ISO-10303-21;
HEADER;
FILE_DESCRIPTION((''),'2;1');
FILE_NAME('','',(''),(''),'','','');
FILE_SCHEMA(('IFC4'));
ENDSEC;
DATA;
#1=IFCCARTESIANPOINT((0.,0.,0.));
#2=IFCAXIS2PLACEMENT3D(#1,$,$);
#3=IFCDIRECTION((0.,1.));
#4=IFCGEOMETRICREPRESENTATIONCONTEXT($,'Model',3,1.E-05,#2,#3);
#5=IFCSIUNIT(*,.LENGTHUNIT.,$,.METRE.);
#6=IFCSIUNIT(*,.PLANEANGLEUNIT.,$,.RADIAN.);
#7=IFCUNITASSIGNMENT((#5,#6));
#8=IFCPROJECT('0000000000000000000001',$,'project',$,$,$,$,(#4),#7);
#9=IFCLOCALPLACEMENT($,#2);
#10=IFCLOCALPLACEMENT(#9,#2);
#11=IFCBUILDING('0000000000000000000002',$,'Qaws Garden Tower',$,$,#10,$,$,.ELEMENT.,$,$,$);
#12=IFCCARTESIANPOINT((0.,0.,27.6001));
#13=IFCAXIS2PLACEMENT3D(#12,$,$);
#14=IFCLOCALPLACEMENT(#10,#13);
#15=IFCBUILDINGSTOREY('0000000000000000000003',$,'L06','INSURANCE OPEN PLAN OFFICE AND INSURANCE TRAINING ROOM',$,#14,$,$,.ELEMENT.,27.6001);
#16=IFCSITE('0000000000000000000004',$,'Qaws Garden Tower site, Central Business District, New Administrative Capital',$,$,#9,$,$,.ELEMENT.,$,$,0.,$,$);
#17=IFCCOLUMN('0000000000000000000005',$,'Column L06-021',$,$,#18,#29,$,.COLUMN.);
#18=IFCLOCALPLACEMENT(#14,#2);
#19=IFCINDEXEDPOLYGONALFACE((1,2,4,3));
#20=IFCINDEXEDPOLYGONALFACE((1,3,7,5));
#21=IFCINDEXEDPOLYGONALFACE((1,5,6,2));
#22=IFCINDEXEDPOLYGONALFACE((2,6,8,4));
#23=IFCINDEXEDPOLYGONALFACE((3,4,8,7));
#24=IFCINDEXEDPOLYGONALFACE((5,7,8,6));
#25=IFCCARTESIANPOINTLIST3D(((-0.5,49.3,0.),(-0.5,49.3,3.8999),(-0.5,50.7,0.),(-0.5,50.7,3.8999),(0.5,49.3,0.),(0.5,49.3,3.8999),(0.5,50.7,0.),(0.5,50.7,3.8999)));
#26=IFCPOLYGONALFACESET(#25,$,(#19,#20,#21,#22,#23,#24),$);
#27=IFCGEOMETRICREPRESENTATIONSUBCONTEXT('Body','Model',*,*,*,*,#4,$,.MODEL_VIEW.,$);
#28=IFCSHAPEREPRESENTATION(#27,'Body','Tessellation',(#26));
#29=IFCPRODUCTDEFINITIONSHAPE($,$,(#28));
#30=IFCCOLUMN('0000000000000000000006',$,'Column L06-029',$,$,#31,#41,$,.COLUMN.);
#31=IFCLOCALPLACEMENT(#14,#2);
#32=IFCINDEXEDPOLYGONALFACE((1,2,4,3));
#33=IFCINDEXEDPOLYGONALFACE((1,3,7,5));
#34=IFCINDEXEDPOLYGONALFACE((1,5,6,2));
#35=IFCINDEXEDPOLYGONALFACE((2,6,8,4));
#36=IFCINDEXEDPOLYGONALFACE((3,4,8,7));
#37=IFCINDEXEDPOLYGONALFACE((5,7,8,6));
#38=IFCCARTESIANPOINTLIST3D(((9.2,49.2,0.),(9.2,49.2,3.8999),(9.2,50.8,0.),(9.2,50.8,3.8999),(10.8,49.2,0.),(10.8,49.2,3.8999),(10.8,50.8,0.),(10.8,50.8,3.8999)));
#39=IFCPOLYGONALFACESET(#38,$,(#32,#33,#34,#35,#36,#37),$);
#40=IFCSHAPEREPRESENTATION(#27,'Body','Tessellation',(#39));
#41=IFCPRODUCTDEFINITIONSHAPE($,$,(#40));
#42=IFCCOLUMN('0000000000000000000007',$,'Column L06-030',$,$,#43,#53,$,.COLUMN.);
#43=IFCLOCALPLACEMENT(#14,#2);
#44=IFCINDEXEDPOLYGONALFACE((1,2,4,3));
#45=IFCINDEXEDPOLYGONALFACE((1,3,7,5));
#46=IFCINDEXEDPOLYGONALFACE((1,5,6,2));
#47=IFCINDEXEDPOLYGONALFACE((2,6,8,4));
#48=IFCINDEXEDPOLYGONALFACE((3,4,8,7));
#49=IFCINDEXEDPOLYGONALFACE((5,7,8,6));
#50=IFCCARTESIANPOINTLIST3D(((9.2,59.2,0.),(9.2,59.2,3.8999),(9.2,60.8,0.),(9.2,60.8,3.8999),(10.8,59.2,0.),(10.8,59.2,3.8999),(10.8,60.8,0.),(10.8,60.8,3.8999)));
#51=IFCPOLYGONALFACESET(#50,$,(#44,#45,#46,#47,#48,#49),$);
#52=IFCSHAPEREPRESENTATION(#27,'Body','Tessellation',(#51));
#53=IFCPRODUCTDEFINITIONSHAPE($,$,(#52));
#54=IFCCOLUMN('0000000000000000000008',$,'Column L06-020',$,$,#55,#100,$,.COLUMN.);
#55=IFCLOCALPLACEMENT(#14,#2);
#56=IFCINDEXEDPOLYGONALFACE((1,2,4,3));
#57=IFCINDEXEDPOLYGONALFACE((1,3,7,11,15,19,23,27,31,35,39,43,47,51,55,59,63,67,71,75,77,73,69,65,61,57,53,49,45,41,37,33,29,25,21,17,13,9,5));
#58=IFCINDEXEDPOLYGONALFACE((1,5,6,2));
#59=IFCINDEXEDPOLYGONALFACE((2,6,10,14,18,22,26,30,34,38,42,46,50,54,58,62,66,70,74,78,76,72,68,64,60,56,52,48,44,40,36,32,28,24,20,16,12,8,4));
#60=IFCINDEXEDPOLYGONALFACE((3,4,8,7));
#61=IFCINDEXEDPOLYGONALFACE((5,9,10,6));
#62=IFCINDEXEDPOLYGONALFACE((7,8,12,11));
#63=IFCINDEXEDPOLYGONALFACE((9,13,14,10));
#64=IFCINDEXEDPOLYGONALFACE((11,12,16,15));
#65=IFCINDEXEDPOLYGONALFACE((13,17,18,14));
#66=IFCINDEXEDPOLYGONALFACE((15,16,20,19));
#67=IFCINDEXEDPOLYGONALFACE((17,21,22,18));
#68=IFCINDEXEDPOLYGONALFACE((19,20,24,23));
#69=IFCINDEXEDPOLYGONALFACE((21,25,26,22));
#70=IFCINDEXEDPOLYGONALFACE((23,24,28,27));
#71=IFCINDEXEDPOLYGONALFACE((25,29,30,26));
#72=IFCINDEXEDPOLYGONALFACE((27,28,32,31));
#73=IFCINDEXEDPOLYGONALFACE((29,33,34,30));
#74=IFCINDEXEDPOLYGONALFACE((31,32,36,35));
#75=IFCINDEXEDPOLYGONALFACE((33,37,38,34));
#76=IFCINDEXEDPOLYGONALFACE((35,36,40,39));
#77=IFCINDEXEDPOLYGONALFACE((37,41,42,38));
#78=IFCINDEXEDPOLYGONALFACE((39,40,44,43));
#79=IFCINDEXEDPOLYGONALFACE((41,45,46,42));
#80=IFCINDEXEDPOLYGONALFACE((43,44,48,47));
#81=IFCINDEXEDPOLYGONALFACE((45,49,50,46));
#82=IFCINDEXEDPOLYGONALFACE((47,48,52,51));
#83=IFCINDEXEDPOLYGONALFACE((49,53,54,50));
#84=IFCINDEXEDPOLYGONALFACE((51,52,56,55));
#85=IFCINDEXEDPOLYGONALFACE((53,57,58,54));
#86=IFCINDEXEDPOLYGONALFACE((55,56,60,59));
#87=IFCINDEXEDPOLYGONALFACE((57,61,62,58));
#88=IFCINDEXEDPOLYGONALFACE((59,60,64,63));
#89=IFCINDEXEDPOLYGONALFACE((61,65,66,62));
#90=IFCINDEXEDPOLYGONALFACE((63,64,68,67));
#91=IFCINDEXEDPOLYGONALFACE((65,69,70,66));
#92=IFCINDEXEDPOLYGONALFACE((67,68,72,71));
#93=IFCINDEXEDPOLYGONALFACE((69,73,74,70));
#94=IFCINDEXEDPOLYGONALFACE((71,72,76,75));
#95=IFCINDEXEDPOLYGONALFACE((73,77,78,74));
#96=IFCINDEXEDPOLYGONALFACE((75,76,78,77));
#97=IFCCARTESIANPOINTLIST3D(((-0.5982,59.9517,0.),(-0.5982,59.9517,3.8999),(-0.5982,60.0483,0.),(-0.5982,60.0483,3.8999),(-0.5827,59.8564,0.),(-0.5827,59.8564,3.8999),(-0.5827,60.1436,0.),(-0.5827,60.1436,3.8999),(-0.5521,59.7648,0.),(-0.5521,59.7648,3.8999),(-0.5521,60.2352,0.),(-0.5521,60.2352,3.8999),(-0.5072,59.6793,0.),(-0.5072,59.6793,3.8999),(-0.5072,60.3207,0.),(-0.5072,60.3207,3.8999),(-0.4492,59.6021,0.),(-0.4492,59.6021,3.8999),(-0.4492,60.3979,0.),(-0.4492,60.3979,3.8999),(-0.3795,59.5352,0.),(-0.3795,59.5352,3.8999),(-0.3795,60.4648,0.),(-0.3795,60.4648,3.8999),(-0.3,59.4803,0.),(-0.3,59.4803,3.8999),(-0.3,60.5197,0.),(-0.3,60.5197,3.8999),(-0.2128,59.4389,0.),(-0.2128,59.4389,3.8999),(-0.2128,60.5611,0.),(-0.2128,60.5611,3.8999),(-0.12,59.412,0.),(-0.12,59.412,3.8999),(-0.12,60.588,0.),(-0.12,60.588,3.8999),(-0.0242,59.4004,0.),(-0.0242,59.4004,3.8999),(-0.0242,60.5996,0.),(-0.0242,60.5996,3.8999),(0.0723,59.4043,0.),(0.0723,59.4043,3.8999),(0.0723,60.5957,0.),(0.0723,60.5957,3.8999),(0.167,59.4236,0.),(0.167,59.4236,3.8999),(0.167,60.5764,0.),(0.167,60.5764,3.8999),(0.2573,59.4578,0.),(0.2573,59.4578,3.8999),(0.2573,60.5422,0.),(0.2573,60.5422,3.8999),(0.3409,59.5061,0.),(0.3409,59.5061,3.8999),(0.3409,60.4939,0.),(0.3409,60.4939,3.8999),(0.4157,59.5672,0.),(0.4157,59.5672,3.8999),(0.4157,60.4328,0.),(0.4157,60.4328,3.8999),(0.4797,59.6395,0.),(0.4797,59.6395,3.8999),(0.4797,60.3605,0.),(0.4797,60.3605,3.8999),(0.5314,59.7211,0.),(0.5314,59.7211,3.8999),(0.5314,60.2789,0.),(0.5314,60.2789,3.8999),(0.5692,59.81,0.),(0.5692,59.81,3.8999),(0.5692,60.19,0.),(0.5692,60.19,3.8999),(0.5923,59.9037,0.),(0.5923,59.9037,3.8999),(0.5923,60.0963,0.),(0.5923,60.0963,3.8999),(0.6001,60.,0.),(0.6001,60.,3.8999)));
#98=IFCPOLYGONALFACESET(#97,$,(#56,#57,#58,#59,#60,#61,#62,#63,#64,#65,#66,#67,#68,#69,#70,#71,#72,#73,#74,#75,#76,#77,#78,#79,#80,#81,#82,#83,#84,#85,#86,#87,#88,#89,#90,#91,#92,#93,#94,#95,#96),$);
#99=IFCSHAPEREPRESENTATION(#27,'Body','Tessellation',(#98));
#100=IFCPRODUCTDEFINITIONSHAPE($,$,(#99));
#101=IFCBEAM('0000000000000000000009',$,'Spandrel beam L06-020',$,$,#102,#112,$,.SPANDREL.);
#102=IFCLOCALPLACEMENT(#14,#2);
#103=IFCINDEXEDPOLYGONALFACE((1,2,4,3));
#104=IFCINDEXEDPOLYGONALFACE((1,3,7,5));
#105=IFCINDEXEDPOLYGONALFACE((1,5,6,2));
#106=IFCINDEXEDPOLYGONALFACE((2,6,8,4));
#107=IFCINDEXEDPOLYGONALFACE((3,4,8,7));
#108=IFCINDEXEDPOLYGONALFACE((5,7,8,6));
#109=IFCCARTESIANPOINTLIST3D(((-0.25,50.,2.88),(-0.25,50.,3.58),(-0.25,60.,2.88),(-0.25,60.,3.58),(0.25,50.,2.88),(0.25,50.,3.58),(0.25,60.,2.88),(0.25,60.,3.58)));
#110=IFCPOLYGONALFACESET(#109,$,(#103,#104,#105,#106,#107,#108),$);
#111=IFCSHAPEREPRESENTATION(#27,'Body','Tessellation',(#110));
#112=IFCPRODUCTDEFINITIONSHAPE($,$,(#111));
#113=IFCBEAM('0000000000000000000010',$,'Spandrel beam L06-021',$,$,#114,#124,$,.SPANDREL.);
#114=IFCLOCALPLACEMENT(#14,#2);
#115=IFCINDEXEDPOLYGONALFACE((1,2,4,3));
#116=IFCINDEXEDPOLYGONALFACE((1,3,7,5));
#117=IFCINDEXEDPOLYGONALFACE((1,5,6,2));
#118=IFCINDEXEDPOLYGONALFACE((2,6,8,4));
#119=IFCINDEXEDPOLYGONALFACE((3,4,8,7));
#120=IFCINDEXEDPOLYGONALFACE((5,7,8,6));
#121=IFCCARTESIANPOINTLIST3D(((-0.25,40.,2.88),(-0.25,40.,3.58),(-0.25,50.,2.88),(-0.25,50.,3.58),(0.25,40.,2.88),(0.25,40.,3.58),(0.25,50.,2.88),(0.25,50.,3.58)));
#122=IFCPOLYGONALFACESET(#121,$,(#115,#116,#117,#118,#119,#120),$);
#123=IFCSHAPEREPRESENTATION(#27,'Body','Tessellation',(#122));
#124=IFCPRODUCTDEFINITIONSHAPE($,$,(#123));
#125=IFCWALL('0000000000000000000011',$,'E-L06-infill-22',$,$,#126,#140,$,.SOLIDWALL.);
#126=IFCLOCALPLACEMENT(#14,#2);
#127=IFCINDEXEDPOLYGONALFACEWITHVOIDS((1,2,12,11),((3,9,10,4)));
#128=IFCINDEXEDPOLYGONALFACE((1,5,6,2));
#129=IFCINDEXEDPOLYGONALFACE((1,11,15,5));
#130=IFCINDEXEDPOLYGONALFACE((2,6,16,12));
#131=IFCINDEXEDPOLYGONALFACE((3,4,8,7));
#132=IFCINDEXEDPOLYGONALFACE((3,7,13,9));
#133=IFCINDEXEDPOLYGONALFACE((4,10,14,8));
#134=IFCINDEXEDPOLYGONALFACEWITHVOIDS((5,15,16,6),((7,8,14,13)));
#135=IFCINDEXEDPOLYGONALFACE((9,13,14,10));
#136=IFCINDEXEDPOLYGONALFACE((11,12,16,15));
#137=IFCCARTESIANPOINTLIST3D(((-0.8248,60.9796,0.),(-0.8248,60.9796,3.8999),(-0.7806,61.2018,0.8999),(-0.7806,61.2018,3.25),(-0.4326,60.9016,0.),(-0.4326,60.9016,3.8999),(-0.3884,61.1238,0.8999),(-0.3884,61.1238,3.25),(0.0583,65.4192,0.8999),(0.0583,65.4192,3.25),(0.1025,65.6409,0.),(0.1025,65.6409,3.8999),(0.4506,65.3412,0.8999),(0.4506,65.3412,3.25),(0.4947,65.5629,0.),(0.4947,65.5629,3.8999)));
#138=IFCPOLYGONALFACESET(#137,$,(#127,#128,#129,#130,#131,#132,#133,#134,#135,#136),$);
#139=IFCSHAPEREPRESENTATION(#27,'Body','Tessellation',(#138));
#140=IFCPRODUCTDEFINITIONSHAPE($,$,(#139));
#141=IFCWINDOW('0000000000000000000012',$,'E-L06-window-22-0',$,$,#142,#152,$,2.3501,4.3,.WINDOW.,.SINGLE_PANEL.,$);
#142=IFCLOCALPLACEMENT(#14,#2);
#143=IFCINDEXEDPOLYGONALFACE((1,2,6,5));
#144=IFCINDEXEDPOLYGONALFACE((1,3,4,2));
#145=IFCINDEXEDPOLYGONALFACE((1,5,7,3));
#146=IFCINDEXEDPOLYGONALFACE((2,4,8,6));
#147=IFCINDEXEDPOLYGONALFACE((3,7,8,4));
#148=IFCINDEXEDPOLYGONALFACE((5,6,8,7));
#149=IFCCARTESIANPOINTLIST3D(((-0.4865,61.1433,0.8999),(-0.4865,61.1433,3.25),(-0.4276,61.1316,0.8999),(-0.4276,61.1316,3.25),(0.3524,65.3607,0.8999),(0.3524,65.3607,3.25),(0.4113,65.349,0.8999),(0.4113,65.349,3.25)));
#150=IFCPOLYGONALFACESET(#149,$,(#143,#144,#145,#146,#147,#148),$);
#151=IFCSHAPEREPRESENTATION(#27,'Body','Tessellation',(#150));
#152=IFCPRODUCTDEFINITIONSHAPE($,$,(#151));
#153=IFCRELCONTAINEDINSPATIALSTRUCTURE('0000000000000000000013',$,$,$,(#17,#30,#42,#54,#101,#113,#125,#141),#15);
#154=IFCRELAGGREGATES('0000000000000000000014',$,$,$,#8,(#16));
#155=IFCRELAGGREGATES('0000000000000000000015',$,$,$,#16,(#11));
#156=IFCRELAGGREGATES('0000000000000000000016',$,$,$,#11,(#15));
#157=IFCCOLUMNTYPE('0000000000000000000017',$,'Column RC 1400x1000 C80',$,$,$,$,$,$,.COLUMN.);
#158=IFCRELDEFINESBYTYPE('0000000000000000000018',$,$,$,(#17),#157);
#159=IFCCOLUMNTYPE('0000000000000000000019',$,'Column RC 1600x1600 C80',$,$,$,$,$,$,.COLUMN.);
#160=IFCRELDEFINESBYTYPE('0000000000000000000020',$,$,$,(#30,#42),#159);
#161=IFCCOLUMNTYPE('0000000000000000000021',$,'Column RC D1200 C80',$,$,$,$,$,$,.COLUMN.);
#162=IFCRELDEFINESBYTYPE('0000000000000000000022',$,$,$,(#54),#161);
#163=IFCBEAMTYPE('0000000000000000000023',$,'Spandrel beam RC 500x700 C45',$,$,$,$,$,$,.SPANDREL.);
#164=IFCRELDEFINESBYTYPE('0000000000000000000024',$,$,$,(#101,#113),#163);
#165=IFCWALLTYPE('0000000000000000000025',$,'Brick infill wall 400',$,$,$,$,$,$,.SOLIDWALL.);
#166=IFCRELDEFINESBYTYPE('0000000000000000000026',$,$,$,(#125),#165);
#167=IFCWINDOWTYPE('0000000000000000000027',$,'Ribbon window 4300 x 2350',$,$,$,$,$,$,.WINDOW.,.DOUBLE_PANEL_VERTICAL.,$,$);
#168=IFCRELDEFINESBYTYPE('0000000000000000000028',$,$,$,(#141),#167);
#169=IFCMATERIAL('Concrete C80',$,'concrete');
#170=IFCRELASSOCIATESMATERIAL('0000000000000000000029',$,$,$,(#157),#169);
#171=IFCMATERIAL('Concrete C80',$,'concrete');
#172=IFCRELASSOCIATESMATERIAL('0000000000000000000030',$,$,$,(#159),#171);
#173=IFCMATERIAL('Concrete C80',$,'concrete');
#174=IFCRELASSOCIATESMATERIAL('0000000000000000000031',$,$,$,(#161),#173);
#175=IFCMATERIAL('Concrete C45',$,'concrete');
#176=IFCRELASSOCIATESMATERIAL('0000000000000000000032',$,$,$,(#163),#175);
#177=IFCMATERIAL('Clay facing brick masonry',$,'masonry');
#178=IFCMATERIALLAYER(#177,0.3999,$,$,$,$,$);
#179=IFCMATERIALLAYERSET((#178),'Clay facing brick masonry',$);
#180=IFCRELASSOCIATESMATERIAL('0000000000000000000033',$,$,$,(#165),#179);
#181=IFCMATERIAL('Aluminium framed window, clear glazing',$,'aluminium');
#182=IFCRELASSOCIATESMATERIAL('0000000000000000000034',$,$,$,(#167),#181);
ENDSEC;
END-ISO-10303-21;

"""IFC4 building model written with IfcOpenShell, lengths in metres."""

from ifc_helpers import new_model, si_unit, direction, frame, frame_2d, origin, origin_2d, place, context, subcontext, project, spatial, rectangle, circle, extrude, material, layer, layer_set, material_profile, profile_set, type_object, element, fill, save


model = new_model("IFC4")

# Units and contexts
model_context = context("Model", 3, precision=1e-05, world=origin(), true_north=direction((0.0, 1.0)))
body_context = subcontext(model_context, "Body", "Model", "MODEL_VIEW")
ifc_project = project(units=[si_unit("LENGTHUNIT", "METRE"), si_unit("PLANEANGLEUNIT", "RADIAN")], contexts=[model_context])

# Site, building, storey
site_placement = place(None, origin())
site = spatial("IfcSite", under=ifc_project, at=site_placement, Name="Qaws Garden Tower site, Central Business District, New Administrative Capital", CompositionType="ELEMENT", RefElevation=0.0)
building_placement = place(site_placement, origin())
building = spatial("IfcBuilding", under=site, at=building_placement, Name="Qaws Garden Tower", CompositionType="ELEMENT")
storey_placement = place(building_placement, frame((0.0, 0.0, 27.6001)))
storey = spatial("IfcBuildingStorey", under=building, at=storey_placement, Name="L06", Description="INSURANCE OPEN PLAN OFFICE AND INSURANCE TRAINING ROOM", CompositionType="ELEMENT", Elevation=27.6001)

# Columns
ifc_material_1 = material(Name="Concrete C80", Category="concrete")
ifc_material_profile_1 = material_profile(ifc_material_1, rectangle(XDim=1.3999, YDim=1.0, at=origin_2d()), Name="RC 1400x1000")
ifc_profile_set_1 = profile_set([ifc_material_profile_1], Name="Concrete C80")
column_type_1 = type_object("IfcColumnType", Name="Column RC 1400x1000 C80", PredefinedType="COLUMN", material=ifc_profile_set_1)
column_1_placement = place(storey_placement, frame((0.0, 50.0, 0.0), z_axis=(0.0, 0.0, 1.0), x_axis=(0.0, 1.0, 0.0)))
element("IfcColumn", 1, at=column_1_placement, inside=storey, type_object=column_type_1, Name="Column L06-021", PredefinedType="COLUMN", context=body_context, shape_type="SweptSolid", body=[
    extrude(rectangle(XDim=1.3999, YDim=1.0, at=origin_2d()), origin(), (0.0, 0.0, 1.0), 3.8999),
])
ifc_material_2 = material(Name="Concrete C80", Category="concrete")
ifc_material_profile_2 = material_profile(ifc_material_2, rectangle(XDim=1.6001, YDim=1.6001, at=origin_2d()), Name="RC 1600x1600")
ifc_profile_set_2 = profile_set([ifc_material_profile_2], Name="Concrete C80")
column_type_2 = type_object("IfcColumnType", Name="Column RC 1600x1600 C80", PredefinedType="COLUMN", material=ifc_profile_set_2)
for number, where, z_axis, x_axis, name in (
    (2, (10.0, 50.0, 0.0), (0.0, 0.0, 1.0), (1.0, 0.0, 0.0), "Column L06-029"),
    (3, (10.0, 60.0, 0.0), (0.0, 0.0, 1.0), (1.0, 0.0, 0.0), "Column L06-030"),
):
    element("IfcColumn", number, at=place(storey_placement, frame(where, z_axis=z_axis, x_axis=x_axis)), inside=storey, type_object=column_type_2, Name=name, PredefinedType="COLUMN", context=body_context, shape_type="SweptSolid", body=[
        extrude(rectangle(XDim=1.6001, YDim=1.6001, at=origin_2d()), origin(), (0.0, 0.0, 1.0), 3.8999),
    ])
ifc_material_3 = material(Name="Concrete C80", Category="concrete")
ifc_material_profile_3 = material_profile(ifc_material_3, circle(Radius=0.6001, at=origin_2d()), Name="RC D1200")
ifc_profile_set_3 = profile_set([ifc_material_profile_3], Name="Concrete C80")
column_type_3 = type_object("IfcColumnType", Name="Column RC D1200 C80", PredefinedType="COLUMN", material=ifc_profile_set_3)
column_2_placement = place(storey_placement, frame((0.0, 60.0, 0.0), z_axis=(0.0, 0.0, 1.0), x_axis=(1.0, 0.0, 0.0)))
element("IfcColumn", 4, at=column_2_placement, inside=storey, type_object=column_type_3, Name="Column L06-020", PredefinedType="COLUMN", context=body_context, shape_type="SweptSolid", body=[
    extrude(circle(Radius=0.6001, at=origin_2d()), origin(), (0.0, 0.0, 1.0), 3.8999),
])

# Beams
ifc_material_4 = material(Name="Concrete C45", Category="concrete")
ifc_material_profile_4 = material_profile(ifc_material_4, rectangle(XDim=0.5, YDim=0.7, at=origin_2d()), Name="RC 500x700")
ifc_profile_set_4 = profile_set([ifc_material_profile_4], Name="Concrete C45")
beam_type = type_object("IfcBeamType", Name="Spandrel beam RC 500x700 C45", PredefinedType="SPANDREL", material=ifc_profile_set_4)
for number, where, z_axis, x_axis, name in (
    (5, (0.0, 60.0, 3.23), (0.0, -1.0, 0.0), (1.0, 0.0, 0.0), "Spandrel beam L06-020"),
    (6, (0.0, 50.0, 3.23), (0.0, -1.0, 0.0), (1.0, 0.0, 0.0), "Spandrel beam L06-021"),
):
    element("IfcBeam", number, at=place(storey_placement, frame(where, z_axis=z_axis, x_axis=x_axis)), inside=storey, type_object=beam_type, Name=name, PredefinedType="SPANDREL", context=body_context, shape_type="SweptSolid", body=[
        extrude(rectangle(XDim=0.5, YDim=0.7, at=origin_2d()), origin(), (0.0, 0.0, 1.0), 10.0),
    ])

# Wall, opening, window
ifc_material_5 = material(Name="Clay facing brick masonry", Category="masonry")
ifc_layer_1 = layer(ifc_material_5, 0.3999)
ifc_layer_set_1 = layer_set([ifc_layer_1], Name="Clay facing brick masonry")
wall_type_1 = type_object("IfcWallType", Name="Brick infill wall 400", PredefinedType="SOLIDWALL", material=ifc_layer_set_1)
wall_1_placement = place(storey_placement, frame((0.2986, 65.6021, 0.0), z_axis=(0.0, 0.0, 1.0), x_axis=(-0.195099, -0.980784, 0.0)))
wall_1 = element("IfcWall", 7, at=wall_1_placement, inside=storey, type_object=wall_type_1, Name="E-L06-infill-22", PredefinedType="SOLIDWALL", context=body_context, shape_type="SweptSolid", body=[
    extrude(rectangle(XDim=4.7527, YDim=0.3999, at=frame_2d((2.3765, 0.0))), origin(), (0.0, 0.0, 1.0), 3.8999),
])
opening_1_placement = place(wall_1_placement, frame((0.2263, 0.0, 0.8999)))
opening_1 = element("IfcOpeningElement", 8, at=opening_1_placement, cuts=wall_1, PredefinedType="OPENING", context=body_context, shape_type="SweptSolid", body=[
    extrude(rectangle(XDim=4.3, YDim=2.3501, at=frame_2d((2.1499, 1.175))), frame((0.0, 0.21, 0.0), z_axis=(0.0, -1.0, 0.0), x_axis=(1.0, 0.0, 0.0)), (0.0, 0.0, 1.0), 0.4199),
])
ifc_material_6 = material(Name="Aluminium framed window, clear glazing", Category="aluminium")
window_type_1 = type_object("IfcWindowType", Name="Ribbon window 4300 x 2350", PartitioningType="DOUBLE_PANEL_VERTICAL", PredefinedType="WINDOW", material=ifc_material_6)
window_1_placement = place(opening_1_placement, origin())
window_1 = element("IfcWindow", 9, at=window_1_placement, inside=storey, type_object=window_type_1, Name="E-L06-window-22-0", OverallHeight=2.3501, OverallWidth=4.3, PartitioningType="SINGLE_PANEL", PredefinedType="WINDOW", context=body_context, shape_type="SweptSolid", body=[
    extrude(rectangle(XDim=4.3, YDim=2.3501, at=frame_2d((2.1499, 1.175))), frame((0.0, 0.1599, 0.0), z_axis=(0.0, -1.0, 0.0), x_axis=(1.0, 0.0, 0.0)), (0.0, 0.0, 1.0), 0.0601),
])
fill(opening_1, window_1)

save(model, "model.ifc")
